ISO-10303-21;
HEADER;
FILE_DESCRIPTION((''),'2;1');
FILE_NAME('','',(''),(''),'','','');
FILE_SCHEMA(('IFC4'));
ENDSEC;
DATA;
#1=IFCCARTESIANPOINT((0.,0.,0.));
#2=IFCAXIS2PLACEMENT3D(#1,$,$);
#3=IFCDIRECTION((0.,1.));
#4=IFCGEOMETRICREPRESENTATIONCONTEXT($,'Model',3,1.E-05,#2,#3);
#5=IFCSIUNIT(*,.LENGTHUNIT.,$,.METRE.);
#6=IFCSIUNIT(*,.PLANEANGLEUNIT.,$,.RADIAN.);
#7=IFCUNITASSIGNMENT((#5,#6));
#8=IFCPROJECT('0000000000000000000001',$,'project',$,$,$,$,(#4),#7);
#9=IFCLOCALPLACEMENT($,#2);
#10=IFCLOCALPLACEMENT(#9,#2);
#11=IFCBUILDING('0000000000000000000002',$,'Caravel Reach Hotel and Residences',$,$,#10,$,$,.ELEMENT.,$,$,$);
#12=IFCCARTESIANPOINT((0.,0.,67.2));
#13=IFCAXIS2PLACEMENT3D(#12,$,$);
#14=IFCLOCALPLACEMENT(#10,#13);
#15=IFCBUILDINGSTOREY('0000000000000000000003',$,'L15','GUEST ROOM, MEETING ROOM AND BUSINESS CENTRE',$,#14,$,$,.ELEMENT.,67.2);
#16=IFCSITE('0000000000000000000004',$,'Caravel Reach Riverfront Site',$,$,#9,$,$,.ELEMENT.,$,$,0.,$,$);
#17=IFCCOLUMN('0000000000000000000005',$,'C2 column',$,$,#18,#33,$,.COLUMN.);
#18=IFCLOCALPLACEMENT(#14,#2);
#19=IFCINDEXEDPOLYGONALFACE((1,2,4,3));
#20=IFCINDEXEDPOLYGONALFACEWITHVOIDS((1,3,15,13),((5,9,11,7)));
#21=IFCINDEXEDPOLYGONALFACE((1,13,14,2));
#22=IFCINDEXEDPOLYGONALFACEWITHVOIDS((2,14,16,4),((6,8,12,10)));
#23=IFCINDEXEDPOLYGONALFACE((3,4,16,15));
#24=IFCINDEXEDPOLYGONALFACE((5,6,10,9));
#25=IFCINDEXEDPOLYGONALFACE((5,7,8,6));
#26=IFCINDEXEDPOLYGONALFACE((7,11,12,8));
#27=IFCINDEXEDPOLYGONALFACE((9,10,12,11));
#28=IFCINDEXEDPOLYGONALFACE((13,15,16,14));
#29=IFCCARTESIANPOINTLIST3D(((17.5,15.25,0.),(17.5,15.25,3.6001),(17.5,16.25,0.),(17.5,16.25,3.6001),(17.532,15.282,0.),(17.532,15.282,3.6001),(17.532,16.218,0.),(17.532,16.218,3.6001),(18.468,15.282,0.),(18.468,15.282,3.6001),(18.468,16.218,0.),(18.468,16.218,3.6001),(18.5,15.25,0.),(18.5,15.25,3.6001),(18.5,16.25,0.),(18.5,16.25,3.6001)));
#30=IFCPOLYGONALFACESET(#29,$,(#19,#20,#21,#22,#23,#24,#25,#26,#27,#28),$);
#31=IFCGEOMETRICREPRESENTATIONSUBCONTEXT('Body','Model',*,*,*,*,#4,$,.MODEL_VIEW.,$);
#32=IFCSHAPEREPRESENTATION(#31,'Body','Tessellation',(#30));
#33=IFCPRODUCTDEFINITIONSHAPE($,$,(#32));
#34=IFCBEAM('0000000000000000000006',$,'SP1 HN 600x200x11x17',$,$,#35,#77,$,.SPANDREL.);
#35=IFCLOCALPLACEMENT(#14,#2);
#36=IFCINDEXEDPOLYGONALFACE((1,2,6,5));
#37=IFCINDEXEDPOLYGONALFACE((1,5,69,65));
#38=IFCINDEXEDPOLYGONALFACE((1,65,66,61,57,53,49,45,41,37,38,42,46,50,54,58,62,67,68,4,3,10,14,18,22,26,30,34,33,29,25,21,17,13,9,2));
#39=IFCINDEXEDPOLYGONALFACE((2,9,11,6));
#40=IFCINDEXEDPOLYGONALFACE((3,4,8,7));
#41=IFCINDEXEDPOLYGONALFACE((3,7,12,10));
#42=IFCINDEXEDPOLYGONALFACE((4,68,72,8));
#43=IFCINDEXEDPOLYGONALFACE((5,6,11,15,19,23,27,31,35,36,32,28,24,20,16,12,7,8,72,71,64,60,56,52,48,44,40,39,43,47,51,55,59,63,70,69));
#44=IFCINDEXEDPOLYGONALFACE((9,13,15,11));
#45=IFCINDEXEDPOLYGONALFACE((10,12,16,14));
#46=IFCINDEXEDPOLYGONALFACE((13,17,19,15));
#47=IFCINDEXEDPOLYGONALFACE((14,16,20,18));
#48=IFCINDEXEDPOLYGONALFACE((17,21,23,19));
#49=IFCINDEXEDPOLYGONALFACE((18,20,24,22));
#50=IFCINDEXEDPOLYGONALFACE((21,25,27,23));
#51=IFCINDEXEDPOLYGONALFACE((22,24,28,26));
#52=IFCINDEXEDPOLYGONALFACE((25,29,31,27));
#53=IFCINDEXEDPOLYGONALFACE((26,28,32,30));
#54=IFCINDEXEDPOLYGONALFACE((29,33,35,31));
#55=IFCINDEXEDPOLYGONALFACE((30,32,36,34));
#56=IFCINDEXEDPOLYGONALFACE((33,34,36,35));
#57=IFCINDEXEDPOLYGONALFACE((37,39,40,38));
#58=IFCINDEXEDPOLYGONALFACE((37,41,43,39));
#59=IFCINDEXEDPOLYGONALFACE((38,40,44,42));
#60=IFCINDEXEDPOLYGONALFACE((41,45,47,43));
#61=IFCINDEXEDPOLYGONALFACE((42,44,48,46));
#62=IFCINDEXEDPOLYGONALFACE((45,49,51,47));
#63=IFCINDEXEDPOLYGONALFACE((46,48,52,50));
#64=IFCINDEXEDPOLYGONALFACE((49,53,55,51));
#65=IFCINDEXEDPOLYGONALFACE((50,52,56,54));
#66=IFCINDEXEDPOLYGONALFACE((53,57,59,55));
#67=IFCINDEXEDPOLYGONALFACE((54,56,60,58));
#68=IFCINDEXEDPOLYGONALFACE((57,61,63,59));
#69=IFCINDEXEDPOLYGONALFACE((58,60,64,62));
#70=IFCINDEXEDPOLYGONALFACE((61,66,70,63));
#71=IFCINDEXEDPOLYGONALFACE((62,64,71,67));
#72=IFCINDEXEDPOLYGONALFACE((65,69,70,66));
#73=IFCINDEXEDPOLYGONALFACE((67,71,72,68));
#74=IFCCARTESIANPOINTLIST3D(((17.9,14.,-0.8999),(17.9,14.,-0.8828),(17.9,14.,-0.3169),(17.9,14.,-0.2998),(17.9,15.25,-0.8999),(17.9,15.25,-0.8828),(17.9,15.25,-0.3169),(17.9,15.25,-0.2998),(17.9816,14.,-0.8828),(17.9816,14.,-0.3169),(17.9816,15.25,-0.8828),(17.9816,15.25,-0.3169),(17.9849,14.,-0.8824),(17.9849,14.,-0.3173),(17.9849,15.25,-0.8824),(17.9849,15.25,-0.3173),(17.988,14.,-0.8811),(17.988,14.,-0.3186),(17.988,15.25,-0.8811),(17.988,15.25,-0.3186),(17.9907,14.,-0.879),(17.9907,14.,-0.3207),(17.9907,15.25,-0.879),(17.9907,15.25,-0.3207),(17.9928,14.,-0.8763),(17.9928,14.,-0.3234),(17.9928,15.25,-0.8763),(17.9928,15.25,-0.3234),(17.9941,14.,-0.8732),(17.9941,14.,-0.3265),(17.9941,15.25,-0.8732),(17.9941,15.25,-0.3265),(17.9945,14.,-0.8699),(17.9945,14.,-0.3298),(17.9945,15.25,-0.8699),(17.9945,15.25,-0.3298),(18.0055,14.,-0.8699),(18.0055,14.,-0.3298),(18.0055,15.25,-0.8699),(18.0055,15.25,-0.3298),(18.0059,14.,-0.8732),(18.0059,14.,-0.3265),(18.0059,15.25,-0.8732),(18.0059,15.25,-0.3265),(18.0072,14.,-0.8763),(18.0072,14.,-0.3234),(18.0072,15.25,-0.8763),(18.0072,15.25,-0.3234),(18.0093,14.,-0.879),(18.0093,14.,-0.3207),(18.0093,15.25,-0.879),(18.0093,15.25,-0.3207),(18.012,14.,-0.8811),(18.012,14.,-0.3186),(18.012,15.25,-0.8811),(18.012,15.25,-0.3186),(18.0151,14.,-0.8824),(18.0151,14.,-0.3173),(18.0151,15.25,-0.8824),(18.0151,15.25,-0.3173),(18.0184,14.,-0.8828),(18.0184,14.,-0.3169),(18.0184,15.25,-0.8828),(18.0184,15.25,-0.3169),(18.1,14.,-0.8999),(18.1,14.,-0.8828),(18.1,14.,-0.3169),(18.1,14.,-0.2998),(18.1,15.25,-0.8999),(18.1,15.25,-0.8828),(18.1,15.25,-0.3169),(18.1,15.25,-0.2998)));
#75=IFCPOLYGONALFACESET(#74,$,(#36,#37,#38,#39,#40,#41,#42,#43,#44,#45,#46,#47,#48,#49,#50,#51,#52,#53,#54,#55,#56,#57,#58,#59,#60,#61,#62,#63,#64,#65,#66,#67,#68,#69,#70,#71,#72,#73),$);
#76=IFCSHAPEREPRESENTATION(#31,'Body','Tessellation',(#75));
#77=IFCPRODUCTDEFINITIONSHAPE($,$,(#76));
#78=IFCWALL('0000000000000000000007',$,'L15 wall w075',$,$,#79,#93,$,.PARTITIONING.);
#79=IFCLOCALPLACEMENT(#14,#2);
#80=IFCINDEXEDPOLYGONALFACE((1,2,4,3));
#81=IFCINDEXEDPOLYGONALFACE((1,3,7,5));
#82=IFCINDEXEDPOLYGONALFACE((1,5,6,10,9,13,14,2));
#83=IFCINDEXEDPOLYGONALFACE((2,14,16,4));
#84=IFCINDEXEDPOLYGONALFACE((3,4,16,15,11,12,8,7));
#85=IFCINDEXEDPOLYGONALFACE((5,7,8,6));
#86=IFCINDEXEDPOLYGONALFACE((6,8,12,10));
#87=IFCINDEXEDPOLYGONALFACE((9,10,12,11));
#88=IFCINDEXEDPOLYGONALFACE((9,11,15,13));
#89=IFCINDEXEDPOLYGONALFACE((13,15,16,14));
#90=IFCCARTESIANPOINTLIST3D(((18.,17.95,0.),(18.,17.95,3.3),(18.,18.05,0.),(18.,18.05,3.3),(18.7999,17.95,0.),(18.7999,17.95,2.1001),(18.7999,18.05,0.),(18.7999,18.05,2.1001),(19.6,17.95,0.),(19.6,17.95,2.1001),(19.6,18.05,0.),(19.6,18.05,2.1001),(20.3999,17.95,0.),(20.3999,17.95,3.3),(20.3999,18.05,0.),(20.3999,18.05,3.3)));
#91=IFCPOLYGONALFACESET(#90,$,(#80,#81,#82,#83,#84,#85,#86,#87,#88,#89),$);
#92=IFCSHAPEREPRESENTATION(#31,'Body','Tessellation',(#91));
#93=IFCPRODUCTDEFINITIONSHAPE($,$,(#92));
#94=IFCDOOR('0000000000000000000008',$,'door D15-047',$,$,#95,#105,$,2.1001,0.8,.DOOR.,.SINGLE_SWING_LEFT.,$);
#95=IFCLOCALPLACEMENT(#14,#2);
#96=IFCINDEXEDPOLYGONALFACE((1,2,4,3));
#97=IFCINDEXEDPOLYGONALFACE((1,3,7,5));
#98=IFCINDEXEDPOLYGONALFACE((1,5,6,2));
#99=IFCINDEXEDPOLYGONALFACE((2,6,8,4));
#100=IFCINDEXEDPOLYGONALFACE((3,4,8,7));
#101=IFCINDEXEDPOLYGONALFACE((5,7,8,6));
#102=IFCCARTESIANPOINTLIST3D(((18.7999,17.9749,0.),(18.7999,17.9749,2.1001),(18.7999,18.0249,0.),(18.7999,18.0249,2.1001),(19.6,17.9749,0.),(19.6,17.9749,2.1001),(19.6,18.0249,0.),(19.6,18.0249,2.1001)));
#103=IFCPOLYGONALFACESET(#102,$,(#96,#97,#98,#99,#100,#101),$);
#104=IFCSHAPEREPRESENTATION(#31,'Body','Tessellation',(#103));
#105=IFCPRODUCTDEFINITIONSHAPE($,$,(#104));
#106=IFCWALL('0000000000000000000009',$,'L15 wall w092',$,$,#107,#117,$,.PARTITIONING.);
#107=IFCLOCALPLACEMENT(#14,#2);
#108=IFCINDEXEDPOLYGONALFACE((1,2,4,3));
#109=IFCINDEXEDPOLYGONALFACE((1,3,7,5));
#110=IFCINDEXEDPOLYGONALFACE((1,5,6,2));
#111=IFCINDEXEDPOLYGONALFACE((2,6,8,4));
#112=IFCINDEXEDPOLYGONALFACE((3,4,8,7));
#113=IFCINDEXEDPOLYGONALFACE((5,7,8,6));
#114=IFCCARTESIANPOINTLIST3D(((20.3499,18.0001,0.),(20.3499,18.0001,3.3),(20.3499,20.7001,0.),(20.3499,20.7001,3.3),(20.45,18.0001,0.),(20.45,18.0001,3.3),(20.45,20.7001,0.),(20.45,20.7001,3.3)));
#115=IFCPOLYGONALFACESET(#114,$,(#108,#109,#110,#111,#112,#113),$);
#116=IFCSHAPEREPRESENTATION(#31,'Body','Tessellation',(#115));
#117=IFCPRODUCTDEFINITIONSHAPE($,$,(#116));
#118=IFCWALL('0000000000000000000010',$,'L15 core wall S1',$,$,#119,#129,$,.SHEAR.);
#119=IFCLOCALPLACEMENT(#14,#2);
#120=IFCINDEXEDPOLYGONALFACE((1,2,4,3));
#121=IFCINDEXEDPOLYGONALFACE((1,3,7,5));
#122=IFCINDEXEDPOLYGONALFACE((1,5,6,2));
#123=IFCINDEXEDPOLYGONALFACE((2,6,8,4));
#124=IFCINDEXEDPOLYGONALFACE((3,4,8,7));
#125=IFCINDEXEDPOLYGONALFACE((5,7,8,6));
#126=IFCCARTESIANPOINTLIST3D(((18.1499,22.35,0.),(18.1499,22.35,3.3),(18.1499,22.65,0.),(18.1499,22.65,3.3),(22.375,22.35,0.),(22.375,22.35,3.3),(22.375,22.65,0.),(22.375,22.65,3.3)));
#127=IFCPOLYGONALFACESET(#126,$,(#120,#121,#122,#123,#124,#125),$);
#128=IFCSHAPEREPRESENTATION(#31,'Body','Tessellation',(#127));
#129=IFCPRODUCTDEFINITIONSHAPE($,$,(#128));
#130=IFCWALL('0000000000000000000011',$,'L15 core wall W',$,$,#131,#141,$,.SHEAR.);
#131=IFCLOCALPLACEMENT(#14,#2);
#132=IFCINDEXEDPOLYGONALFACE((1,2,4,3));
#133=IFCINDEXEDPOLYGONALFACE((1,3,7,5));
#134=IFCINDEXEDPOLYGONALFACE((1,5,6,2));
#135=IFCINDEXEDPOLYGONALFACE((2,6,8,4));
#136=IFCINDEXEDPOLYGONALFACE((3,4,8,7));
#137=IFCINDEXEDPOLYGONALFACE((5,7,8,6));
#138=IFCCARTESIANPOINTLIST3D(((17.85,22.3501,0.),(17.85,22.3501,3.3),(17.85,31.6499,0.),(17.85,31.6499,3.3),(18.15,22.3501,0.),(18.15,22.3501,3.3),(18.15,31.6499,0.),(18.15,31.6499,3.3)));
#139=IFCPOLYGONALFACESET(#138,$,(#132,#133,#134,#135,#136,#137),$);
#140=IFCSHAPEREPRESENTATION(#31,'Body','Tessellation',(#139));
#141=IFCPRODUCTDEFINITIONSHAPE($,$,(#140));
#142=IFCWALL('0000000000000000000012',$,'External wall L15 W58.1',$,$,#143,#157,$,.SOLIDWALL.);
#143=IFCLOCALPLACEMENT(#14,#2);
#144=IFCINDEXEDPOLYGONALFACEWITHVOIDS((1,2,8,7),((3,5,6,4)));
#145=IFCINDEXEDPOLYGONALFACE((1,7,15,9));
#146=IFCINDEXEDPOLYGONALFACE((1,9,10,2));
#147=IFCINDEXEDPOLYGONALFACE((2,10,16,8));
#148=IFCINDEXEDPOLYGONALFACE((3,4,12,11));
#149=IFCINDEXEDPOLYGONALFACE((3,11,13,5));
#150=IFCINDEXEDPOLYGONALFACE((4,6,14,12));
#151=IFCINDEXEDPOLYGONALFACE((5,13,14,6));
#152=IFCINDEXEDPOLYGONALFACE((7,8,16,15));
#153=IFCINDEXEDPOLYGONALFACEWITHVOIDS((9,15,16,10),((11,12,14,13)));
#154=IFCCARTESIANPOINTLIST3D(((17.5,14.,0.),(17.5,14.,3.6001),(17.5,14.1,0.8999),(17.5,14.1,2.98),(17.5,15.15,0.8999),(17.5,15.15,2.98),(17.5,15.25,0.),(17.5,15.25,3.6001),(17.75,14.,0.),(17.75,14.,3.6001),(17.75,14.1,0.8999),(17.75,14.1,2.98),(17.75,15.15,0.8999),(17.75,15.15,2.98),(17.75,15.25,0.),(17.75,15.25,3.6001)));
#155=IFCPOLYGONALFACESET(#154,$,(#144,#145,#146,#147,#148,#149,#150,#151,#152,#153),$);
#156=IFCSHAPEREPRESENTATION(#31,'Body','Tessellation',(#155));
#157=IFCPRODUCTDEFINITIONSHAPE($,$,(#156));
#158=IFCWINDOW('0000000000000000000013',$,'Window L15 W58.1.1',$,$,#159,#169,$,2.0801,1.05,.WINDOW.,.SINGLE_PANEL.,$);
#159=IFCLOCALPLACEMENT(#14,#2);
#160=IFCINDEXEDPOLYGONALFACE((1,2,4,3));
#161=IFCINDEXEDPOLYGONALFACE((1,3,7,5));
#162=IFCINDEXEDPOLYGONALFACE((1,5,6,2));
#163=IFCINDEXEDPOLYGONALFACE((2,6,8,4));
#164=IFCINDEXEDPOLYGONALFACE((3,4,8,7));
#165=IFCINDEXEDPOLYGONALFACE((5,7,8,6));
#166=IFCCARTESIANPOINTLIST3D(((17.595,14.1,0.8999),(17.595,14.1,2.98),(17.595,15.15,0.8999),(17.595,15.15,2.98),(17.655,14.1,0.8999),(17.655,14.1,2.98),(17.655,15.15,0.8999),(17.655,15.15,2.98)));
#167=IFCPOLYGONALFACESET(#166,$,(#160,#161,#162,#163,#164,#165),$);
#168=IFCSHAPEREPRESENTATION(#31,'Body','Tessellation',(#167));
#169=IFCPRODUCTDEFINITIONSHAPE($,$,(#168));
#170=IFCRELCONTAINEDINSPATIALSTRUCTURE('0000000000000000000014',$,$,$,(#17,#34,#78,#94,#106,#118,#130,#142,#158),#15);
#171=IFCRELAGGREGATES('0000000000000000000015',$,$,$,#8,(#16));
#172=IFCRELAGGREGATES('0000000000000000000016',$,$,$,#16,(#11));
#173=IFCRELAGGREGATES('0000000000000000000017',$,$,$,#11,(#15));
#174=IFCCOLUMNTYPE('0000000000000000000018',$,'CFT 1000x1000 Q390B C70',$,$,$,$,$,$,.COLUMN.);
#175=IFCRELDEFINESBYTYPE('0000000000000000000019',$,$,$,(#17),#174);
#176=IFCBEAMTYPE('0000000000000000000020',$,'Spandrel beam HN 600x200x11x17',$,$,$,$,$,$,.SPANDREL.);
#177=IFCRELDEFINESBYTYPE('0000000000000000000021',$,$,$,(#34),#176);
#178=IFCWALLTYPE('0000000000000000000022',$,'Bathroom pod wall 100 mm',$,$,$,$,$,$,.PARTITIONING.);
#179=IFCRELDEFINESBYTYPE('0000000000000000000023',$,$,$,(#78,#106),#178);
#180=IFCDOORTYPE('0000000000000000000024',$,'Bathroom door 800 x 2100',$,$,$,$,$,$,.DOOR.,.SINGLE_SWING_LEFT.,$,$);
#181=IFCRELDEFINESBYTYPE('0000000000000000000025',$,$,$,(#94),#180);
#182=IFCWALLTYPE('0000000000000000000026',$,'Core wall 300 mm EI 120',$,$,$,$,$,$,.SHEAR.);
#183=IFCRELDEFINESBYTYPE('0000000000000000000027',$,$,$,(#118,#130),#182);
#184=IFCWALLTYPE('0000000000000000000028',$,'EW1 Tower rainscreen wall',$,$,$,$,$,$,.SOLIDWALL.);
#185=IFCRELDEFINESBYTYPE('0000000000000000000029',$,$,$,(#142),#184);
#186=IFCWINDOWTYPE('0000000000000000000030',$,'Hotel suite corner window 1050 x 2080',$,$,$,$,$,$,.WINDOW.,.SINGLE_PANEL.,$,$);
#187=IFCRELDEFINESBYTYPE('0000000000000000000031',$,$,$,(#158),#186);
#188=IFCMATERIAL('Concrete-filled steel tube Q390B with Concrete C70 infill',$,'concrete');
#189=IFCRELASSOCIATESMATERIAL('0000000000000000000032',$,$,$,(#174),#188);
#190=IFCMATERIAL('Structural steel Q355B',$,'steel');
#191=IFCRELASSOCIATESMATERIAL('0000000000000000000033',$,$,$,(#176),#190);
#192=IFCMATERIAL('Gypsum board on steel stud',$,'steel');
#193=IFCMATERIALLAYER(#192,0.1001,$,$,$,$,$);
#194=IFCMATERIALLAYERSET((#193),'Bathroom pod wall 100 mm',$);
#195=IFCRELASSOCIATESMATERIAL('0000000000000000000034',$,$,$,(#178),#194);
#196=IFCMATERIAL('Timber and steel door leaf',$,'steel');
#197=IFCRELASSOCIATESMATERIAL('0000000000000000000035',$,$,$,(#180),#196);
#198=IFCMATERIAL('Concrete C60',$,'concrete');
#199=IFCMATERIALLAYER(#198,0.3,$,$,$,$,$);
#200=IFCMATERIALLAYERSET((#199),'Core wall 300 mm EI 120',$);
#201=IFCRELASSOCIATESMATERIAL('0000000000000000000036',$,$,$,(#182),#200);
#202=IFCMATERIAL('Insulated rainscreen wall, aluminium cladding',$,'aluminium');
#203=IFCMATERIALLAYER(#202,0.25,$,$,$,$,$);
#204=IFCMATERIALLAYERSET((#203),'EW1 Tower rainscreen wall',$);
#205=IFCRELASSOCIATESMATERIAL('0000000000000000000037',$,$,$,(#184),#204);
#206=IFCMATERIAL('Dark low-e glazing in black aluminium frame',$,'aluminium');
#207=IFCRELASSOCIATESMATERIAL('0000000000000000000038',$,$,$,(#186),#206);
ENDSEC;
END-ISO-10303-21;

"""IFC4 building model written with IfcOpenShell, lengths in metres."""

from ifc_helpers import new_model, si_unit, direction, frame, frame_2d, origin, origin_2d, place, context, subcontext, project, spatial, rectangle, hollow_rectangle, i_section, extrude, material, layer, layer_set, material_profile, profile_set, type_object, element, fill, save


model = new_model("IFC4")

# Units and contexts
model_context = context("Model", 3, precision=1e-05, world=origin(), true_north=direction((0.0, 1.0)))
body_context = subcontext(model_context, "Body", "Model", "MODEL_VIEW")
ifc_project = project(units=[si_unit("LENGTHUNIT", "METRE"), si_unit("PLANEANGLEUNIT", "RADIAN")], contexts=[model_context])

# Site, building, storey
site_placement = place(None, origin())
site = spatial("IfcSite", under=ifc_project, at=site_placement, Name="Caravel Reach Riverfront Site", CompositionType="ELEMENT", RefElevation=0.0)
building_placement = place(site_placement, origin())
building = spatial("IfcBuilding", under=site, at=building_placement, Name="Caravel Reach Hotel and Residences", CompositionType="ELEMENT")
storey_placement = place(building_placement, frame((0.0, 0.0, 67.2)))
storey = spatial("IfcBuildingStorey", under=building, at=storey_placement, Name="L15", Description="GUEST ROOM, MEETING ROOM AND BUSINESS CENTRE", CompositionType="ELEMENT", Elevation=67.2)

# Column
ifc_material_1 = material(Name="Concrete-filled steel tube Q390B with Concrete C70 infill", Category="concrete")
ifc_material_profile_1 = material_profile(ifc_material_1, hollow_rectangle(XDim=1.0, YDim=1.0, WallThickness=0.032, at=origin_2d()), Name="RHS 1000x1000x32")
ifc_profile_set_1 = profile_set([ifc_material_profile_1], Name="Concrete-filled steel tube Q390B with Concrete C70 infill")
column_type = type_object("IfcColumnType", Name="CFT 1000x1000 Q390B C70", PredefinedType="COLUMN", material=ifc_profile_set_1)
column_placement = place(storey_placement, frame((18.0, 15.75, 0.0), z_axis=(0.0, 0.0, 1.0), x_axis=(1.0, 0.0, 0.0)))
element("IfcColumn", 1, at=column_placement, inside=storey, type_object=column_type, Name="C2 column", PredefinedType="COLUMN", context=body_context, shape_type="SweptSolid", body=[
    extrude(hollow_rectangle(XDim=1.0, YDim=1.0, WallThickness=0.032, at=origin_2d()), origin(), (0.0, 0.0, 1.0), 3.6001),
])

# Beam
ifc_material_2 = material(Name="Structural steel Q355B", Category="steel")
ifc_material_profile_2 = material_profile(ifc_material_2, i_section(OverallWidth=0.2, OverallDepth=0.6001, WebThickness=0.011, FlangeThickness=0.0171, FilletRadius=0.0129, at=origin_2d()), Name="HN 600x200x11x17")
ifc_profile_set_2 = profile_set([ifc_material_profile_2], Name="Structural steel Q355B")
beam_type = type_object("IfcBeamType", Name="Spandrel beam HN 600x200x11x17", PredefinedType="SPANDREL", material=ifc_profile_set_2)
beam_placement = place(storey_placement, frame((18.0, 15.25, -0.5999), z_axis=(0.0, -1.0, 0.0), x_axis=(1.0, 0.0, 0.0)))
element("IfcBeam", 2, at=beam_placement, inside=storey, type_object=beam_type, Name="SP1 HN 600x200x11x17", PredefinedType="SPANDREL", context=body_context, shape_type="SweptSolid", body=[
    extrude(i_section(OverallWidth=0.2, OverallDepth=0.6001, WebThickness=0.011, FlangeThickness=0.0171, FilletRadius=0.0129, at=origin_2d()), origin(), (0.0, 0.0, 1.0), 1.25),
])

# Wall, opening, door
ifc_material_3 = material(Name="Gypsum board on steel stud", Category="steel")
ifc_layer_1 = layer(ifc_material_3, 0.1001)
ifc_layer_set_1 = layer_set([ifc_layer_1], Name="Bathroom pod wall 100 mm")
wall_type_1 = type_object("IfcWallType", Name="Bathroom pod wall 100 mm", PredefinedType="PARTITIONING", material=ifc_layer_set_1)
wall_1_placement = place(storey_placement, frame((18.0, 18.0, 0.0), z_axis=(0.0, 0.0, 1.0), x_axis=(1.0, 0.0, 0.0)))
wall_1 = element("IfcWall", 3, at=wall_1_placement, inside=storey, type_object=wall_type_1, Name="L15 wall w075", PredefinedType="PARTITIONING", context=body_context, shape_type="SweptSolid", body=[
    extrude(rectangle(XDim=2.3999, YDim=0.1001, at=frame_2d((1.2, 0.0))), origin(), (0.0, 0.0, 1.0), 3.3),
])
opening_1_placement = place(wall_1_placement, frame((0.8, 0.0, 0.0)))
opening_1 = element("IfcOpeningElement", 4, at=opening_1_placement, cuts=wall_1, PredefinedType="OPENING", context=body_context, shape_type="SweptSolid", body=[
    extrude(rectangle(XDim=0.8, YDim=2.1001, at=frame_2d((0.3999, 1.05))), frame((0.0, 0.0601, 0.0), z_axis=(0.0, -1.0, 0.0), x_axis=(1.0, 0.0, 0.0)), (0.0, 0.0, 1.0), 0.1201),
])
ifc_material_4 = material(Name="Timber and steel door leaf", Category="steel")
door_type_1 = type_object("IfcDoorType", Name="Bathroom door 800 x 2100", OperationType="SINGLE_SWING_LEFT", PredefinedType="DOOR", material=ifc_material_4)
door_1_placement = place(opening_1_placement, origin())
door_1 = element("IfcDoor", 5, at=door_1_placement, inside=storey, type_object=door_type_1, Name="door D15-047", OperationType="SINGLE_SWING_LEFT", OverallHeight=2.1001, OverallWidth=0.8, PredefinedType="DOOR", context=body_context, shape_type="SweptSolid", body=[
    extrude(rectangle(XDim=0.8, YDim=2.1001, at=frame_2d((0.3999, 1.05))), frame((0.0, 0.0249, 0.0), z_axis=(0.0, -1.0, 0.0), x_axis=(1.0, 0.0, 0.0)), (0.0, 0.0, 1.0), 0.05),
])
fill(opening_1, door_1)

# Walls
wall_2_placement = place(storey_placement, frame((20.3999, 18.0, 0.0), z_axis=(0.0, 0.0, 1.0), x_axis=(0.0, 1.0, 0.0)))
element("IfcWall", 6, at=wall_2_placement, inside=storey, type_object=wall_type_1, Name="L15 wall w092", PredefinedType="PARTITIONING", context=body_context, shape_type="SweptSolid", body=[
    extrude(rectangle(XDim=2.7, YDim=0.1001, at=frame_2d((1.3501, 0.0))), origin(), (0.0, 0.0, 1.0), 3.3),
])
ifc_material_5 = material(Name="Concrete C60", Category="concrete")
ifc_layer_2 = layer(ifc_material_5, 0.3)
ifc_layer_set_2 = layer_set([ifc_layer_2], Name="Core wall 300 mm EI 120")
wall_type_2 = type_object("IfcWallType", Name="Core wall 300 mm EI 120", PredefinedType="SHEAR", material=ifc_layer_set_2)
wall_3_placement = place(storey_placement, frame((18.1499, 22.5, 0.0), z_axis=(0.0, 0.0, 1.0), x_axis=(1.0, 0.0, 0.0)))
element("IfcWall", 7, at=wall_3_placement, inside=storey, type_object=wall_type_2, Name="L15 core wall S1", PredefinedType="SHEAR", context=body_context, shape_type="SweptSolid", body=[
    extrude(rectangle(XDim=4.2251, YDim=0.3, at=frame_2d((2.1125, 0.0))), origin(), (0.0, 0.0, 1.0), 3.3),
])
wall_4_placement = place(storey_placement, frame((18.0, 22.3501, 0.0), z_axis=(0.0, 0.0, 1.0), x_axis=(0.0, 1.0, 0.0)))
element("IfcWall", 8, at=wall_4_placement, inside=storey, type_object=wall_type_2, Name="L15 core wall W", PredefinedType="SHEAR", context=body_context, shape_type="SweptSolid", body=[
    extrude(rectangle(XDim=9.2998, YDim=0.3, at=frame_2d((4.6499, 0.0))), origin(), (0.0, 0.0, 1.0), 3.3),
])

# Wall, opening, window
ifc_material_6 = material(Name="Insulated rainscreen wall, aluminium cladding", Category="aluminium")
ifc_layer_3 = layer(ifc_material_6, 0.25)
ifc_layer_set_3 = layer_set([ifc_layer_3], Name="EW1 Tower rainscreen wall")
wall_type_3 = type_object("IfcWallType", Name="EW1 Tower rainscreen wall", PredefinedType="SOLIDWALL", material=ifc_layer_set_3)
wall_5_placement = place(storey_placement, frame((17.625, 15.25, 0.0), z_axis=(0.0, 0.0, 1.0), x_axis=(0.0, -1.0, 0.0)))
wall_5 = element("IfcWall", 9, at=wall_5_placement, inside=storey, type_object=wall_type_3, Name="External wall L15 W58.1", PredefinedType="SOLIDWALL", context=body_context, shape_type="SweptSolid", body=[
    extrude(rectangle(XDim=1.25, YDim=0.25, at=frame_2d((0.625, 0.0))), origin(), (0.0, 0.0, 1.0), 3.6001),
])
opening_2_placement = place(wall_5_placement, frame((0.1001, 0.0, 0.8999)))
opening_2 = element("IfcOpeningElement", 10, at=opening_2_placement, cuts=wall_5, PredefinedType="OPENING", context=body_context, shape_type="SweptSolid", body=[
    extrude(rectangle(XDim=1.05, YDim=2.0801, at=frame_2d((0.5249, 1.04))), frame((0.0, 0.135, 0.0), z_axis=(0.0, -1.0, 0.0), x_axis=(1.0, 0.0, 0.0)), (0.0, 0.0, 1.0), 0.27),
])
ifc_material_7 = material(Name="Dark low-e glazing in black aluminium frame", Category="aluminium")
window_type = type_object("IfcWindowType", Name="Hotel suite corner window 1050 x 2080", PartitioningType="SINGLE_PANEL", PredefinedType="WINDOW", material=ifc_material_7)
window_placement = place(opening_2_placement, origin())
window = element("IfcWindow", 11, at=window_placement, inside=storey, type_object=window_type, Name="Window L15 W58.1.1", OverallHeight=2.0801, OverallWidth=1.05, PartitioningType="SINGLE_PANEL", PredefinedType="WINDOW", context=body_context, shape_type="SweptSolid", body=[
    extrude(rectangle(XDim=1.05, YDim=2.0801, at=frame_2d((0.5249, 1.04))), frame((0.0, 0.03, 0.0), z_axis=(0.0, -1.0, 0.0), x_axis=(1.0, 0.0, 0.0)), (0.0, 0.0, 1.0), 0.0601),
])
fill(opening_2, window)

save(model, "model.ifc")
